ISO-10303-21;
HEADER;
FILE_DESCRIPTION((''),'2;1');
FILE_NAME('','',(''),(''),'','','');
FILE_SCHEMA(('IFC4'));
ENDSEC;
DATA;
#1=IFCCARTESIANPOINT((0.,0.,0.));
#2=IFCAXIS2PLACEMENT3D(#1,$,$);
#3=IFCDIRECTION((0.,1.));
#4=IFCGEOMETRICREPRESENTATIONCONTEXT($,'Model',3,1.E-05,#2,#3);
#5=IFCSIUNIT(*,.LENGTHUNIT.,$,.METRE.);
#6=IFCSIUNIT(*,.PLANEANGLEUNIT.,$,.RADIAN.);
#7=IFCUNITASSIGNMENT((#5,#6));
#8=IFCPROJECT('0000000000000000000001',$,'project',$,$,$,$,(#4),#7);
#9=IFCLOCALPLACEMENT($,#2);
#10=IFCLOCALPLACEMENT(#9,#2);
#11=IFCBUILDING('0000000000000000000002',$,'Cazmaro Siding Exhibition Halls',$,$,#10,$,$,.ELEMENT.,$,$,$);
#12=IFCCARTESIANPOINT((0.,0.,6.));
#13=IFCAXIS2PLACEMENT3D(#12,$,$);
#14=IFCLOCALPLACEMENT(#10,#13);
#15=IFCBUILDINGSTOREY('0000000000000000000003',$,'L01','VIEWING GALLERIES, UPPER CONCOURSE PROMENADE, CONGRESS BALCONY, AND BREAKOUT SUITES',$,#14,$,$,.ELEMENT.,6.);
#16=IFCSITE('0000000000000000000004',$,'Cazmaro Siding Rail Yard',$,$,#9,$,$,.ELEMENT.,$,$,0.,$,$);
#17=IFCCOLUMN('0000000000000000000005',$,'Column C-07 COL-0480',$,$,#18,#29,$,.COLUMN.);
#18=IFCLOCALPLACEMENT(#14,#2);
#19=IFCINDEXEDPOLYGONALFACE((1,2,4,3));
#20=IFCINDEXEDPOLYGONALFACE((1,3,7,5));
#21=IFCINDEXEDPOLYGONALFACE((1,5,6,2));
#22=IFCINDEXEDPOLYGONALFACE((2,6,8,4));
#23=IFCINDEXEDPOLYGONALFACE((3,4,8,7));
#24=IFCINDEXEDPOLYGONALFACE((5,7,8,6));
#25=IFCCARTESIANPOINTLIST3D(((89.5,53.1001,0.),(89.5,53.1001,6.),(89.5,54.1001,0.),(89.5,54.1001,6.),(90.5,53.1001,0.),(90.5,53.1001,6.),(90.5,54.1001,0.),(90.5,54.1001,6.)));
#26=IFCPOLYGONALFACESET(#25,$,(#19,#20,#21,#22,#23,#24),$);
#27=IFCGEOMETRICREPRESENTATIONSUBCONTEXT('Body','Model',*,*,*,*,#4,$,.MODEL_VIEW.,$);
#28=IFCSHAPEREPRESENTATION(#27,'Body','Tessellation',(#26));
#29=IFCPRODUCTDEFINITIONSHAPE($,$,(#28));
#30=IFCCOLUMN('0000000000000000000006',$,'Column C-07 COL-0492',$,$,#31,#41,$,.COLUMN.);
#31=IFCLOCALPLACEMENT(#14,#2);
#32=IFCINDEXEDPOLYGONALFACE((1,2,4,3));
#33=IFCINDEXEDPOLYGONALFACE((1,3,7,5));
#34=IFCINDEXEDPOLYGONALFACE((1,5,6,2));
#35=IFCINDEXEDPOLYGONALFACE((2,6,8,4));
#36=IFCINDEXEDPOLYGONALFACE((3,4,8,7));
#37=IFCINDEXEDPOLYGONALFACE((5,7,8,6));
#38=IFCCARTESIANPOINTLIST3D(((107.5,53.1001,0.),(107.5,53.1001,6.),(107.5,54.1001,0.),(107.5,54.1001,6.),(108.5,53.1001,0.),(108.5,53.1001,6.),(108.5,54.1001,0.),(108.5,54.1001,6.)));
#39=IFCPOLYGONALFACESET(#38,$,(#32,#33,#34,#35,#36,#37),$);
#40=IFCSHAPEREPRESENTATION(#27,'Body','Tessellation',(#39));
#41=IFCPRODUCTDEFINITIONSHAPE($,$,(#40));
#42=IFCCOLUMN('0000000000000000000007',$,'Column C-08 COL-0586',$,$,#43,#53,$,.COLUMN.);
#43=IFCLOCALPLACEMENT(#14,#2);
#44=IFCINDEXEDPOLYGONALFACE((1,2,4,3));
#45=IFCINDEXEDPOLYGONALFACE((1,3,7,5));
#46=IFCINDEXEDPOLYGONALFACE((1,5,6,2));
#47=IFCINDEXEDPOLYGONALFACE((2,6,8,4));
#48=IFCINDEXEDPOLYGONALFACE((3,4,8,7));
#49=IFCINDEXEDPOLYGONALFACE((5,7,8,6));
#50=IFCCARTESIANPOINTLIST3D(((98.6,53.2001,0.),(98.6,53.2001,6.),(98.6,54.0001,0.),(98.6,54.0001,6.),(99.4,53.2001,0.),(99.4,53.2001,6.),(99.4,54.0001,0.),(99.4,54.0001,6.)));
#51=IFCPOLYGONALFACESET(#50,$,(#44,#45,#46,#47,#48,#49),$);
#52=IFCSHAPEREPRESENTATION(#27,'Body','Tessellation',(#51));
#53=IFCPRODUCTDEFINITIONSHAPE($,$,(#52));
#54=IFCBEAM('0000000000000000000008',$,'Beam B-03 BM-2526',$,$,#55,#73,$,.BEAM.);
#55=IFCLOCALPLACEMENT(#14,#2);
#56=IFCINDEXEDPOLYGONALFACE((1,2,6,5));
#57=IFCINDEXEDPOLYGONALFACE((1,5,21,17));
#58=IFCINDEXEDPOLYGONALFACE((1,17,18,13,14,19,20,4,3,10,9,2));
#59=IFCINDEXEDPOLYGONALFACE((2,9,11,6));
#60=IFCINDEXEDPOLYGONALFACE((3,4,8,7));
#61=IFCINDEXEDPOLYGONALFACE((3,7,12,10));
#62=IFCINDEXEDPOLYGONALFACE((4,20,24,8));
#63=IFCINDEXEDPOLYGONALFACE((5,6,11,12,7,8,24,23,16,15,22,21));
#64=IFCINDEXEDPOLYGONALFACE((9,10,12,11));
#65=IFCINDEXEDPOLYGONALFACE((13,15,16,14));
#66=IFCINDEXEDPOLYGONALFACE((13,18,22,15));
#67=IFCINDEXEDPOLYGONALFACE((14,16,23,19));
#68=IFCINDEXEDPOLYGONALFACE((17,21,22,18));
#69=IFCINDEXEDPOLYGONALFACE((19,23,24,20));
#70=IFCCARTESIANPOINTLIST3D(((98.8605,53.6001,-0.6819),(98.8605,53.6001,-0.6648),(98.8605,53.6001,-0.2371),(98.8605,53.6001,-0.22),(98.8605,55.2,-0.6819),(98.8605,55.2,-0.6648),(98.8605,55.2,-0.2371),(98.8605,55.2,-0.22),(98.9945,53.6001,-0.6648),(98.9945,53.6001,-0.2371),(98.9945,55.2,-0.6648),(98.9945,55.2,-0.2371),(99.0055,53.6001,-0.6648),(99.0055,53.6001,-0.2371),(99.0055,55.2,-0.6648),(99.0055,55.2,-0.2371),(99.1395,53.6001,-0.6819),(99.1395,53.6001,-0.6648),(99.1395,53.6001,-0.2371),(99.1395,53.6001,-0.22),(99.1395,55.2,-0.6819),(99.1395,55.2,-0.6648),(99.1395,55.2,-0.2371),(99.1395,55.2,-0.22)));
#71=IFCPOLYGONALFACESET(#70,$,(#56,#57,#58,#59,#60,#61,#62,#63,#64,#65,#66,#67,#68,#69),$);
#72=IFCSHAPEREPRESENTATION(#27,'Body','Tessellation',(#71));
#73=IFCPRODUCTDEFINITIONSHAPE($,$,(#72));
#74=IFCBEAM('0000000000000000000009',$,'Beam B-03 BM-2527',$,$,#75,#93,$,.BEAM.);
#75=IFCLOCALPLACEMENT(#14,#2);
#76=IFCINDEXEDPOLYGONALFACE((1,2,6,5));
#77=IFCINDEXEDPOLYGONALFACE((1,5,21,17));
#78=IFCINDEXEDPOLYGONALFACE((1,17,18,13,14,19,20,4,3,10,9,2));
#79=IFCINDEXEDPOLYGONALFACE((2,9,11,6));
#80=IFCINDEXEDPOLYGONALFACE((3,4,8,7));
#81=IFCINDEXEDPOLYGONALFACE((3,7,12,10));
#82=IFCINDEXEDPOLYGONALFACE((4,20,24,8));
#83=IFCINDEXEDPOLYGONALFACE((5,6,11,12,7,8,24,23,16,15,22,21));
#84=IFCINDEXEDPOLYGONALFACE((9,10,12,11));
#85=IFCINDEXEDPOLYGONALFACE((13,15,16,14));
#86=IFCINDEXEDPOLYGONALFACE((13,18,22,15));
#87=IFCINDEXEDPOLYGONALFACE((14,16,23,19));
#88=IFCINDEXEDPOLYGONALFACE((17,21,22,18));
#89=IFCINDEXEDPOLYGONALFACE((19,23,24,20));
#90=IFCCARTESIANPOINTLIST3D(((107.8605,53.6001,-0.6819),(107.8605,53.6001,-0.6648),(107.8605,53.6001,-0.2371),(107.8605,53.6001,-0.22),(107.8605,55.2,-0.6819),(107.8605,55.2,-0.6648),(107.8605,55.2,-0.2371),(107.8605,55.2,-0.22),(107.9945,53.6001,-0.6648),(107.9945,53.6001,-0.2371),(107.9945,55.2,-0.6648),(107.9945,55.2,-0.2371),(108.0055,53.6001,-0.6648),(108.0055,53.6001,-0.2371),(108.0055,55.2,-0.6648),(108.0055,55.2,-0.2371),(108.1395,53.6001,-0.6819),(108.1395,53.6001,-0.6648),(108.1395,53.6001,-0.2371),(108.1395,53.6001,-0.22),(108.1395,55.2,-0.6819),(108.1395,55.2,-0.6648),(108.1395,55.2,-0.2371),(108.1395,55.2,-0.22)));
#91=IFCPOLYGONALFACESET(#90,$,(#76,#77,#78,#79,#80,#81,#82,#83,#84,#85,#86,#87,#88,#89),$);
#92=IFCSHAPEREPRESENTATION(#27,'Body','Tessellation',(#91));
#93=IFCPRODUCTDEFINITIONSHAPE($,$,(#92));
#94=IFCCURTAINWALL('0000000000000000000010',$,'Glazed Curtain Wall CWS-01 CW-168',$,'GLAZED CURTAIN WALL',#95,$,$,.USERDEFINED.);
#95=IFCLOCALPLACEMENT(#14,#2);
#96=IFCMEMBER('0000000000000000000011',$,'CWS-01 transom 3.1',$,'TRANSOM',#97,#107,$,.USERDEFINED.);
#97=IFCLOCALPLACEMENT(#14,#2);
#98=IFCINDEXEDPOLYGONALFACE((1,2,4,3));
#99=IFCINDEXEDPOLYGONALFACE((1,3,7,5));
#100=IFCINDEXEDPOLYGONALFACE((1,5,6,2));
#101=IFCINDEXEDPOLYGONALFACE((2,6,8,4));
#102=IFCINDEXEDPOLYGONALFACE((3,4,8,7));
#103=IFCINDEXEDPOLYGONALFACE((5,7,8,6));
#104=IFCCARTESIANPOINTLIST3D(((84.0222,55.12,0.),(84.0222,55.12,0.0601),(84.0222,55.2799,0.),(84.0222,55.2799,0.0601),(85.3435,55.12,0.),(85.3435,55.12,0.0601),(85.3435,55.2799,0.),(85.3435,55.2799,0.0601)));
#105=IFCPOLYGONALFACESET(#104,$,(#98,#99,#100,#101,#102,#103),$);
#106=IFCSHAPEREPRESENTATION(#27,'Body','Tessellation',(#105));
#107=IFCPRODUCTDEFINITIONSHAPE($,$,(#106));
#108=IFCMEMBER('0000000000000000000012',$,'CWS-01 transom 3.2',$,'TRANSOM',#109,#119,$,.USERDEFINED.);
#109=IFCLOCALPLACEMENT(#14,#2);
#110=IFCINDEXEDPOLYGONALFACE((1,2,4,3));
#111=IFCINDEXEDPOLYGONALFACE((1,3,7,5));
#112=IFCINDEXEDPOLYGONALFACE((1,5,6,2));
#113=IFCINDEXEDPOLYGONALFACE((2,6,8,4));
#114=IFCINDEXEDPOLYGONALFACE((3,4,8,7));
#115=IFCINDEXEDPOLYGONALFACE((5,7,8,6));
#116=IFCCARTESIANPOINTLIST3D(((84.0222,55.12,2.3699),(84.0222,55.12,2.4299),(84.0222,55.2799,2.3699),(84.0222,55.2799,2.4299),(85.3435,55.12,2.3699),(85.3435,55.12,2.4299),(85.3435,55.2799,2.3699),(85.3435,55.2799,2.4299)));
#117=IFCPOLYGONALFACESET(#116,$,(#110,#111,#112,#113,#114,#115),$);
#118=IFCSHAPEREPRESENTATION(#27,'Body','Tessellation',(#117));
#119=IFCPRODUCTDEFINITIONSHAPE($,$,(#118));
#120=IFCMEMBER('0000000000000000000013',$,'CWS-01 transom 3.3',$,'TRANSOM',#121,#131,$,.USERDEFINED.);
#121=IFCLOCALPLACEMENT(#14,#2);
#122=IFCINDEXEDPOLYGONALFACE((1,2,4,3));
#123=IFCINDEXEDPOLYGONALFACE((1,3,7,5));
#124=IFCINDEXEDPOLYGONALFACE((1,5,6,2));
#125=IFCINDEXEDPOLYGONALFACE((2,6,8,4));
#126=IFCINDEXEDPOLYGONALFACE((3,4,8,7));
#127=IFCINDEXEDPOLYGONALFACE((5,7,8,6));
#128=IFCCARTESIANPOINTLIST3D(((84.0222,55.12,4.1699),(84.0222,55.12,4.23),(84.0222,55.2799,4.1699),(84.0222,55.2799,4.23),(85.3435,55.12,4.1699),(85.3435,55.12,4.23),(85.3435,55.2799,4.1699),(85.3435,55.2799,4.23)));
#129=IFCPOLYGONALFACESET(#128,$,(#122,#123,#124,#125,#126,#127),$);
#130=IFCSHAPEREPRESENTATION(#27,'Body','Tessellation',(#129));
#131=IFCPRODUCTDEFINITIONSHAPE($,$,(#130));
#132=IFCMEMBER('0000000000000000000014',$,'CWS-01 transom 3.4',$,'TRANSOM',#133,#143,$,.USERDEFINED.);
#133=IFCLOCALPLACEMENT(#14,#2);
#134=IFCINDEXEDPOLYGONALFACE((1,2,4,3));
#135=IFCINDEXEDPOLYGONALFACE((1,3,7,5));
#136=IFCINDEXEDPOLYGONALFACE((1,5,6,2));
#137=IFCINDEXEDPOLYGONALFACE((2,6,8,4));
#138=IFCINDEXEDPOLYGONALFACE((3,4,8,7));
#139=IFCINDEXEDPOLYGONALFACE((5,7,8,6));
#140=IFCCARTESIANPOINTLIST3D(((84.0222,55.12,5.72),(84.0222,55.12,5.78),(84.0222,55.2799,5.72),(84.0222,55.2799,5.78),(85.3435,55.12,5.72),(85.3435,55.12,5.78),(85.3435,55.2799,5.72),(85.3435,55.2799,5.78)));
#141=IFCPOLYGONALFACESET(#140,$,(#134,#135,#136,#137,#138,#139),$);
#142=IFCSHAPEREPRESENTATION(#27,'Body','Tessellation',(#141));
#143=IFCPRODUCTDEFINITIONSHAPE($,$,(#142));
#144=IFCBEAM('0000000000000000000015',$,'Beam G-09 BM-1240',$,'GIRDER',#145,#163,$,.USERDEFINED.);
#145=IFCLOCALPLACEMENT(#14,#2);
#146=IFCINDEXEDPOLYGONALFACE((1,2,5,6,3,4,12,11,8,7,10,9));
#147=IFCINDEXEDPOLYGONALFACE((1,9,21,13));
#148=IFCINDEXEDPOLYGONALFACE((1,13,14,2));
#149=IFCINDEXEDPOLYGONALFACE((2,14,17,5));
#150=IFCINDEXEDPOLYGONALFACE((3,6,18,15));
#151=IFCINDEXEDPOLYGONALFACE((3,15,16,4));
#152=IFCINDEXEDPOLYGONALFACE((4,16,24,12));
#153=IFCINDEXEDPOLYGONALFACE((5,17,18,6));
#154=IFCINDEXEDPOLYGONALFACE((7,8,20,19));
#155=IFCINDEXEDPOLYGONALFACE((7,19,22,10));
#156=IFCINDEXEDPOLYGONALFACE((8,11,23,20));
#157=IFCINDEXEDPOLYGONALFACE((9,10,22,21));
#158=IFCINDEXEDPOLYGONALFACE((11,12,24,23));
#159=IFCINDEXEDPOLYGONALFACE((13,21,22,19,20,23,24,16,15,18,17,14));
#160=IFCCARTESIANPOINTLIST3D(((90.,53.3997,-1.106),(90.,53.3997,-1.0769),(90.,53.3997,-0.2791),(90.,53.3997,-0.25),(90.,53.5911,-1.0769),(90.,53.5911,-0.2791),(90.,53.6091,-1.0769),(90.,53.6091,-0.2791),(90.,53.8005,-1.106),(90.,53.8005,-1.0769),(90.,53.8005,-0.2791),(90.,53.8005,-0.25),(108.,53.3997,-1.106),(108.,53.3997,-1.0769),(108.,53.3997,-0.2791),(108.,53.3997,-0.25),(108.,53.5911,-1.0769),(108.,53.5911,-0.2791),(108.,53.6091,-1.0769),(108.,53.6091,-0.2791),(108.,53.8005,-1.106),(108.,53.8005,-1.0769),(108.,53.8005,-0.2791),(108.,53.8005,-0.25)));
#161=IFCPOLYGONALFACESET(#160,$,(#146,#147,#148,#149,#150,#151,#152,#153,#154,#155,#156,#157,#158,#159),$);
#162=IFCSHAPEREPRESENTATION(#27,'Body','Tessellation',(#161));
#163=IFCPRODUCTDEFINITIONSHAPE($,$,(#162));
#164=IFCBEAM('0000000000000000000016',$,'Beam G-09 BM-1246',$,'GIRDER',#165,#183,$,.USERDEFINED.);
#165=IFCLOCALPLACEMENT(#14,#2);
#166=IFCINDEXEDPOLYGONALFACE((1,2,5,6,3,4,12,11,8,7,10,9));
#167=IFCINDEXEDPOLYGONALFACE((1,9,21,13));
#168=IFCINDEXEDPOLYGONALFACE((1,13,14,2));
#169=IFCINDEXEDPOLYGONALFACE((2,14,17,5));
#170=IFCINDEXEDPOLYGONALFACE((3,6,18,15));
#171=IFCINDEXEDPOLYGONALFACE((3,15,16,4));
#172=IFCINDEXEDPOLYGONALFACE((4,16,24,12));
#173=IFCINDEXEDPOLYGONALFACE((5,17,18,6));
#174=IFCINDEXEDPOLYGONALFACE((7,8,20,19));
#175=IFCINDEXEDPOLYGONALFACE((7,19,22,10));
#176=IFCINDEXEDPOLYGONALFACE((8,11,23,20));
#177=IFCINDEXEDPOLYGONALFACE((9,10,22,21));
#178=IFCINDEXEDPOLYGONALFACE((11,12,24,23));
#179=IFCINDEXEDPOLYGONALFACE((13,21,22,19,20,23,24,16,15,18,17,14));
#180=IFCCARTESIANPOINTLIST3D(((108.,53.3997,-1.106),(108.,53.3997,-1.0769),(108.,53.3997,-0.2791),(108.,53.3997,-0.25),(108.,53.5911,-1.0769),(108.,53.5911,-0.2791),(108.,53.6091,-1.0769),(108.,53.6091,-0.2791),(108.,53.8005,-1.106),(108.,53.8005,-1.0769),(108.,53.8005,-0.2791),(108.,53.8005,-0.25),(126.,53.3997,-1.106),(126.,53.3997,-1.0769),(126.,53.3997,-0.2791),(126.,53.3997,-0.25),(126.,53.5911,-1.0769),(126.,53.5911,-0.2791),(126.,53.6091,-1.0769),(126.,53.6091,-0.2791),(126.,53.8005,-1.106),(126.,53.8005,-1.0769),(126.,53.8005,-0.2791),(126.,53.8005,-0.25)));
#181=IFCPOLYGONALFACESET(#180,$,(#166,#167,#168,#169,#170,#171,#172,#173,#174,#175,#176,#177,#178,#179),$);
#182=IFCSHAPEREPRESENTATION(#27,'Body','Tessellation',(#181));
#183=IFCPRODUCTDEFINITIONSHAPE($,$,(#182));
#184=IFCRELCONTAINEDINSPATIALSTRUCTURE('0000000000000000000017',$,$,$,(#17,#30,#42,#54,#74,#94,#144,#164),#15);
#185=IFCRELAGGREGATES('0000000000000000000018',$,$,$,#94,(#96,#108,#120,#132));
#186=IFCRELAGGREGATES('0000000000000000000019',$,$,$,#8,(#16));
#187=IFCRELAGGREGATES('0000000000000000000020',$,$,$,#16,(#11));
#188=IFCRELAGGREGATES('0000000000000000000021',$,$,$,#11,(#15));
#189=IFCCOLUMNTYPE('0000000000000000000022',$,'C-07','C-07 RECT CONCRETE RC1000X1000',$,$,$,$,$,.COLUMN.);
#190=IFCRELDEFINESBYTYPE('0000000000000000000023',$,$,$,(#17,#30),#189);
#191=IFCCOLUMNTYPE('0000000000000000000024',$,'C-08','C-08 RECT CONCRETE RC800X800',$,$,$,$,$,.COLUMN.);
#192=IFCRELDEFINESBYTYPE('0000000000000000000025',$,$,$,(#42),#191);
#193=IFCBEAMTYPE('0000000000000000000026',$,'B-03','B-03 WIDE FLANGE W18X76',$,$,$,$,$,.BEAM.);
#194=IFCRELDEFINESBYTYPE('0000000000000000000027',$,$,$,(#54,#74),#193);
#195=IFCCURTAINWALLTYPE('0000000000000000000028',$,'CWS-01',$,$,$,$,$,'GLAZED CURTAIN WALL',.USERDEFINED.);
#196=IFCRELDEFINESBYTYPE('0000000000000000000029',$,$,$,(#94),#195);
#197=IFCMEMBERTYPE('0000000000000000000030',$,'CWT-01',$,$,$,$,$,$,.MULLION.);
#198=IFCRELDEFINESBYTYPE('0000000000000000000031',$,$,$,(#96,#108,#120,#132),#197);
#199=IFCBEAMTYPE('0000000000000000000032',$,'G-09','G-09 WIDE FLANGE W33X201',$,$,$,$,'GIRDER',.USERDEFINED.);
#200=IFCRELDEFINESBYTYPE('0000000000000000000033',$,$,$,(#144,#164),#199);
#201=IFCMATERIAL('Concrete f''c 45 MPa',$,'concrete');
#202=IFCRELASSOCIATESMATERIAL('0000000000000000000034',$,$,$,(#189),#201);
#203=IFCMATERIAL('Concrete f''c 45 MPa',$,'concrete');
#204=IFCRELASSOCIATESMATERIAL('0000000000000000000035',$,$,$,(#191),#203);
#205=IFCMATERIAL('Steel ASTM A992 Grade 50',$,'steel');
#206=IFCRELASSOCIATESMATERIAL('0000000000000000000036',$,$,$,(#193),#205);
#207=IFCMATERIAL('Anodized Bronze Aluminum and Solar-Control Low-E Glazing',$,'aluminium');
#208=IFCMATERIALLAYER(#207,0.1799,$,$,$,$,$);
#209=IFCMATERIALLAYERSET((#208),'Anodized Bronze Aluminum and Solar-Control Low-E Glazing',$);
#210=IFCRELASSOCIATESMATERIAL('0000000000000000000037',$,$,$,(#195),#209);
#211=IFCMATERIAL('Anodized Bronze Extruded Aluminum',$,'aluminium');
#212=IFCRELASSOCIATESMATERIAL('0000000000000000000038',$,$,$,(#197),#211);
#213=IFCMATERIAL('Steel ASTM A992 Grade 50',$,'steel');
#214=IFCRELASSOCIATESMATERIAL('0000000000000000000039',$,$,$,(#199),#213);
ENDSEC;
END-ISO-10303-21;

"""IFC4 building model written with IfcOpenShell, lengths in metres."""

from ifc_helpers import new_model, si_unit, direction, frame, origin, origin_2d, place, context, subcontext, project, spatial, rectangle, i_section, extrude, material, layer, layer_set, material_profile, profile_set, type_object, element, aggregate, save


model = new_model("IFC4")

# Units and contexts
model_context = context("Model", 3, precision=1e-05, world=origin(), true_north=direction((0.0, 1.0)))
body_context = subcontext(model_context, "Body", "Model", "MODEL_VIEW")
ifc_project = project(units=[si_unit("LENGTHUNIT", "METRE"), si_unit("PLANEANGLEUNIT", "RADIAN")], contexts=[model_context])

# Site, building, storey
site_placement = place(None, origin())
site = spatial("IfcSite", under=ifc_project, at=site_placement, Name="Cazmaro Siding Rail Yard", CompositionType="ELEMENT", RefElevation=0.0)
building_placement = place(site_placement, origin())
building = spatial("IfcBuilding", under=site, at=building_placement, Name="Cazmaro Siding Exhibition Halls", CompositionType="ELEMENT")
storey_placement = place(building_placement, frame((0.0, 0.0, 6.0)))
storey = spatial("IfcBuildingStorey", under=building, at=storey_placement, Name="L01", Description="VIEWING GALLERIES, UPPER CONCOURSE PROMENADE, CONGRESS BALCONY, AND BREAKOUT SUITES", CompositionType="ELEMENT", Elevation=6.0)

# Columns
ifc_material_1 = material(Name="Concrete f'c 45 MPa", Category="concrete")
ifc_material_profile_1 = material_profile(ifc_material_1, rectangle(XDim=1.0, YDim=1.0, at=origin_2d()), Name="RC1000X1000")
ifc_profile_set_1 = profile_set([ifc_material_profile_1], Name="Concrete f'c 45 MPa")
column_type_1 = type_object("IfcColumnType", Name="C-07", Description="C-07 RECT CONCRETE RC1000X1000", PredefinedType="COLUMN", material=ifc_profile_set_1)
for number, where, z_axis, x_axis, name in (
    (1, (90.0, 53.6001, 0.0), (0.0, 0.0, 1.0), (1.0, 0.0, 0.0), "Column C-07 COL-0480"),
    (2, (108.0, 53.6001, 0.0), (0.0, 0.0, 1.0), (1.0, 0.0, 0.0), "Column C-07 COL-0492"),
):
    element("IfcColumn", number, at=place(storey_placement, frame(where, z_axis=z_axis, x_axis=x_axis)), inside=storey, type_object=column_type_1, Name=name, PredefinedType="COLUMN", context=body_context, shape_type="SweptSolid", body=[
        extrude(rectangle(XDim=1.0, YDim=1.0, at=origin_2d()), origin(), (0.0, 0.0, 1.0), 6.0),
    ])
ifc_material_2 = material(Name="Concrete f'c 45 MPa", Category="concrete")
ifc_material_profile_2 = material_profile(ifc_material_2, rectangle(XDim=0.8, YDim=0.8, at=origin_2d()), Name="RC800X800")
ifc_profile_set_2 = profile_set([ifc_material_profile_2], Name="Concrete f'c 45 MPa")
column_type_2 = type_object("IfcColumnType", Name="C-08", Description="C-08 RECT CONCRETE RC800X800", PredefinedType="COLUMN", material=ifc_profile_set_2)
column_placement = place(storey_placement, frame((99.0, 53.6001, 0.0), z_axis=(0.0, 0.0, 1.0), x_axis=(1.0, 0.0, 0.0)))
element("IfcColumn", 3, at=column_placement, inside=storey, type_object=column_type_2, Name="Column C-08 COL-0586", PredefinedType="COLUMN", context=body_context, shape_type="SweptSolid", body=[
    extrude(rectangle(XDim=0.8, YDim=0.8, at=origin_2d()), origin(), (0.0, 0.0, 1.0), 6.0),
])

# Beams
ifc_material_3 = material(Name="Steel ASTM A992 Grade 50", Category="steel")
ifc_material_profile_3 = material_profile(ifc_material_3, i_section(OverallWidth=0.2791, OverallDepth=0.4619, WebThickness=0.011, FlangeThickness=0.0171, at=origin_2d()), Name="W18X76")
ifc_profile_set_3 = profile_set([ifc_material_profile_3], Name="Steel ASTM A992 Grade 50")
beam_type_1 = type_object("IfcBeamType", Name="B-03", Description="B-03 WIDE FLANGE W18X76", PredefinedType="BEAM", material=ifc_profile_set_3)
for number, where, z_axis, x_axis, name in (
    (4, (99.0, 53.6001, -0.4509), (0.0, 1.0, 0.0), (-1.0, 0.0, 0.0), "Beam B-03 BM-2526"),
    (5, (108.0, 53.6001, -0.4509), (0.0, 1.0, 0.0), (-1.0, 0.0, 0.0), "Beam B-03 BM-2527"),
):
    element("IfcBeam", number, at=place(storey_placement, frame(where, z_axis=z_axis, x_axis=x_axis)), inside=storey, type_object=beam_type_1, Name=name, PredefinedType="BEAM", context=body_context, shape_type="SweptSolid", body=[
        extrude(i_section(OverallWidth=0.2791, OverallDepth=0.4619, WebThickness=0.011, FlangeThickness=0.0171, at=origin_2d()), origin(), (0.0, 0.0, 1.0), 1.5999),
    ])

# Curtain wall, members
ifc_material_4 = material(Name="Anodized Bronze Aluminum and Solar-Control Low-E Glazing", Category="aluminium")
ifc_layer_1 = layer(ifc_material_4, 0.1799)
ifc_layer_set_1 = layer_set([ifc_layer_1], Name="Anodized Bronze Aluminum and Solar-Control Low-E Glazing")
curtain_wall_type = type_object("IfcCurtainWallType", Name="CWS-01", ElementType="GLAZED CURTAIN WALL", PredefinedType="USERDEFINED", material=ifc_layer_set_1)
curtain_wall_placement = place(storey_placement, origin())
curtain_wall = element("IfcCurtainWall", 6, at=curtain_wall_placement, inside=storey, type_object=curtain_wall_type, Name="Glazed Curtain Wall CWS-01 CW-168", ObjectType="GLAZED CURTAIN WALL", PredefinedType="USERDEFINED")
ifc_material_5 = material(Name="Anodized Bronze Extruded Aluminum", Category="aluminium")
ifc_material_profile_4 = material_profile(ifc_material_5, rectangle(XDim=0.1599, YDim=0.0601, at=origin_2d()), Name="CWT-01")
ifc_profile_set_4 = profile_set([ifc_material_profile_4], Name="Anodized Bronze Extruded Aluminum")
member_type = type_object("IfcMemberType", Name="CWT-01", PredefinedType="MULLION", material=ifc_profile_set_4)
member_1_placement = place(storey_placement, frame((84.0222, 55.2, 0.03), z_axis=(1.0, 0.0, 0.0), x_axis=(0.0, 1.0, 0.0)))
member_1 = element("IfcMember", 7, at=member_1_placement, type_object=member_type, Name="CWS-01 transom 3.1", ObjectType="TRANSOM", PredefinedType="USERDEFINED", context=body_context, shape_type="SweptSolid", body=[
    extrude(rectangle(XDim=0.1599, YDim=0.0601, at=origin_2d()), origin(), (0.0, 0.0, 1.0), 1.3213),
])
member_2_placement = place(storey_placement, frame((84.0222, 55.2, 2.3999), z_axis=(1.0, 0.0, 0.0), x_axis=(0.0, 1.0, 0.0)))
member_2 = element("IfcMember", 8, at=member_2_placement, type_object=member_type, Name="CWS-01 transom 3.2", ObjectType="TRANSOM", PredefinedType="USERDEFINED", context=body_context, shape_type="SweptSolid", body=[
    extrude(rectangle(XDim=0.1599, YDim=0.0601, at=origin_2d()), origin(), (0.0, 0.0, 1.0), 1.3213),
])
member_3_placement = place(storey_placement, frame((84.0222, 55.2, 4.2), z_axis=(1.0, 0.0, 0.0), x_axis=(0.0, 1.0, 0.0)))
member_3 = element("IfcMember", 9, at=member_3_placement, type_object=member_type, Name="CWS-01 transom 3.3", ObjectType="TRANSOM", PredefinedType="USERDEFINED", context=body_context, shape_type="SweptSolid", body=[
    extrude(rectangle(XDim=0.1599, YDim=0.0601, at=origin_2d()), origin(), (0.0, 0.0, 1.0), 1.3213),
])
member_4_placement = place(storey_placement, frame((84.0222, 55.2, 5.75), z_axis=(1.0, 0.0, 0.0), x_axis=(0.0, 1.0, 0.0)))
member_4 = element("IfcMember", 10, at=member_4_placement, type_object=member_type, Name="CWS-01 transom 3.4", ObjectType="TRANSOM", PredefinedType="USERDEFINED", context=body_context, shape_type="SweptSolid", body=[
    extrude(rectangle(XDim=0.1599, YDim=0.0601, at=origin_2d()), origin(), (0.0, 0.0, 1.0), 1.3213),
])

# Beams
ifc_material_6 = material(Name="Steel ASTM A992 Grade 50", Category="steel")
ifc_material_profile_5 = material_profile(ifc_material_6, i_section(OverallWidth=0.4009, OverallDepth=0.856, WebThickness=0.0181, FlangeThickness=0.0291, at=origin_2d()), Name="W33X201")
ifc_profile_set_5 = profile_set([ifc_material_profile_5], Name="Steel ASTM A992 Grade 50")
beam_type_2 = type_object("IfcBeamType", Name="G-09", Description="G-09 WIDE FLANGE W33X201", ElementType="GIRDER", PredefinedType="USERDEFINED", material=ifc_profile_set_5)
for number, where, z_axis, x_axis, name in (
    (11, (90.0, 53.6001, -0.678), (1.0, 0.0, 0.0), (0.0, 1.0, 0.0), "Beam G-09 BM-1240"),
    (12, (108.0, 53.6001, -0.678), (1.0, 0.0, 0.0), (0.0, 1.0, 0.0), "Beam G-09 BM-1246"),
):
    element("IfcBeam", number, at=place(storey_placement, frame(where, z_axis=z_axis, x_axis=x_axis)), inside=storey, type_object=beam_type_2, Name=name, ObjectType="GIRDER", PredefinedType="USERDEFINED", context=body_context, shape_type="SweptSolid", body=[
        extrude(i_section(OverallWidth=0.4009, OverallDepth=0.856, WebThickness=0.0181, FlangeThickness=0.0291, at=origin_2d()), origin(), (0.0, 0.0, 1.0), 18.0),
    ])

aggregate(curtain_wall, [member_1, member_2, member_3, member_4])

save(model, "model.ifc")
